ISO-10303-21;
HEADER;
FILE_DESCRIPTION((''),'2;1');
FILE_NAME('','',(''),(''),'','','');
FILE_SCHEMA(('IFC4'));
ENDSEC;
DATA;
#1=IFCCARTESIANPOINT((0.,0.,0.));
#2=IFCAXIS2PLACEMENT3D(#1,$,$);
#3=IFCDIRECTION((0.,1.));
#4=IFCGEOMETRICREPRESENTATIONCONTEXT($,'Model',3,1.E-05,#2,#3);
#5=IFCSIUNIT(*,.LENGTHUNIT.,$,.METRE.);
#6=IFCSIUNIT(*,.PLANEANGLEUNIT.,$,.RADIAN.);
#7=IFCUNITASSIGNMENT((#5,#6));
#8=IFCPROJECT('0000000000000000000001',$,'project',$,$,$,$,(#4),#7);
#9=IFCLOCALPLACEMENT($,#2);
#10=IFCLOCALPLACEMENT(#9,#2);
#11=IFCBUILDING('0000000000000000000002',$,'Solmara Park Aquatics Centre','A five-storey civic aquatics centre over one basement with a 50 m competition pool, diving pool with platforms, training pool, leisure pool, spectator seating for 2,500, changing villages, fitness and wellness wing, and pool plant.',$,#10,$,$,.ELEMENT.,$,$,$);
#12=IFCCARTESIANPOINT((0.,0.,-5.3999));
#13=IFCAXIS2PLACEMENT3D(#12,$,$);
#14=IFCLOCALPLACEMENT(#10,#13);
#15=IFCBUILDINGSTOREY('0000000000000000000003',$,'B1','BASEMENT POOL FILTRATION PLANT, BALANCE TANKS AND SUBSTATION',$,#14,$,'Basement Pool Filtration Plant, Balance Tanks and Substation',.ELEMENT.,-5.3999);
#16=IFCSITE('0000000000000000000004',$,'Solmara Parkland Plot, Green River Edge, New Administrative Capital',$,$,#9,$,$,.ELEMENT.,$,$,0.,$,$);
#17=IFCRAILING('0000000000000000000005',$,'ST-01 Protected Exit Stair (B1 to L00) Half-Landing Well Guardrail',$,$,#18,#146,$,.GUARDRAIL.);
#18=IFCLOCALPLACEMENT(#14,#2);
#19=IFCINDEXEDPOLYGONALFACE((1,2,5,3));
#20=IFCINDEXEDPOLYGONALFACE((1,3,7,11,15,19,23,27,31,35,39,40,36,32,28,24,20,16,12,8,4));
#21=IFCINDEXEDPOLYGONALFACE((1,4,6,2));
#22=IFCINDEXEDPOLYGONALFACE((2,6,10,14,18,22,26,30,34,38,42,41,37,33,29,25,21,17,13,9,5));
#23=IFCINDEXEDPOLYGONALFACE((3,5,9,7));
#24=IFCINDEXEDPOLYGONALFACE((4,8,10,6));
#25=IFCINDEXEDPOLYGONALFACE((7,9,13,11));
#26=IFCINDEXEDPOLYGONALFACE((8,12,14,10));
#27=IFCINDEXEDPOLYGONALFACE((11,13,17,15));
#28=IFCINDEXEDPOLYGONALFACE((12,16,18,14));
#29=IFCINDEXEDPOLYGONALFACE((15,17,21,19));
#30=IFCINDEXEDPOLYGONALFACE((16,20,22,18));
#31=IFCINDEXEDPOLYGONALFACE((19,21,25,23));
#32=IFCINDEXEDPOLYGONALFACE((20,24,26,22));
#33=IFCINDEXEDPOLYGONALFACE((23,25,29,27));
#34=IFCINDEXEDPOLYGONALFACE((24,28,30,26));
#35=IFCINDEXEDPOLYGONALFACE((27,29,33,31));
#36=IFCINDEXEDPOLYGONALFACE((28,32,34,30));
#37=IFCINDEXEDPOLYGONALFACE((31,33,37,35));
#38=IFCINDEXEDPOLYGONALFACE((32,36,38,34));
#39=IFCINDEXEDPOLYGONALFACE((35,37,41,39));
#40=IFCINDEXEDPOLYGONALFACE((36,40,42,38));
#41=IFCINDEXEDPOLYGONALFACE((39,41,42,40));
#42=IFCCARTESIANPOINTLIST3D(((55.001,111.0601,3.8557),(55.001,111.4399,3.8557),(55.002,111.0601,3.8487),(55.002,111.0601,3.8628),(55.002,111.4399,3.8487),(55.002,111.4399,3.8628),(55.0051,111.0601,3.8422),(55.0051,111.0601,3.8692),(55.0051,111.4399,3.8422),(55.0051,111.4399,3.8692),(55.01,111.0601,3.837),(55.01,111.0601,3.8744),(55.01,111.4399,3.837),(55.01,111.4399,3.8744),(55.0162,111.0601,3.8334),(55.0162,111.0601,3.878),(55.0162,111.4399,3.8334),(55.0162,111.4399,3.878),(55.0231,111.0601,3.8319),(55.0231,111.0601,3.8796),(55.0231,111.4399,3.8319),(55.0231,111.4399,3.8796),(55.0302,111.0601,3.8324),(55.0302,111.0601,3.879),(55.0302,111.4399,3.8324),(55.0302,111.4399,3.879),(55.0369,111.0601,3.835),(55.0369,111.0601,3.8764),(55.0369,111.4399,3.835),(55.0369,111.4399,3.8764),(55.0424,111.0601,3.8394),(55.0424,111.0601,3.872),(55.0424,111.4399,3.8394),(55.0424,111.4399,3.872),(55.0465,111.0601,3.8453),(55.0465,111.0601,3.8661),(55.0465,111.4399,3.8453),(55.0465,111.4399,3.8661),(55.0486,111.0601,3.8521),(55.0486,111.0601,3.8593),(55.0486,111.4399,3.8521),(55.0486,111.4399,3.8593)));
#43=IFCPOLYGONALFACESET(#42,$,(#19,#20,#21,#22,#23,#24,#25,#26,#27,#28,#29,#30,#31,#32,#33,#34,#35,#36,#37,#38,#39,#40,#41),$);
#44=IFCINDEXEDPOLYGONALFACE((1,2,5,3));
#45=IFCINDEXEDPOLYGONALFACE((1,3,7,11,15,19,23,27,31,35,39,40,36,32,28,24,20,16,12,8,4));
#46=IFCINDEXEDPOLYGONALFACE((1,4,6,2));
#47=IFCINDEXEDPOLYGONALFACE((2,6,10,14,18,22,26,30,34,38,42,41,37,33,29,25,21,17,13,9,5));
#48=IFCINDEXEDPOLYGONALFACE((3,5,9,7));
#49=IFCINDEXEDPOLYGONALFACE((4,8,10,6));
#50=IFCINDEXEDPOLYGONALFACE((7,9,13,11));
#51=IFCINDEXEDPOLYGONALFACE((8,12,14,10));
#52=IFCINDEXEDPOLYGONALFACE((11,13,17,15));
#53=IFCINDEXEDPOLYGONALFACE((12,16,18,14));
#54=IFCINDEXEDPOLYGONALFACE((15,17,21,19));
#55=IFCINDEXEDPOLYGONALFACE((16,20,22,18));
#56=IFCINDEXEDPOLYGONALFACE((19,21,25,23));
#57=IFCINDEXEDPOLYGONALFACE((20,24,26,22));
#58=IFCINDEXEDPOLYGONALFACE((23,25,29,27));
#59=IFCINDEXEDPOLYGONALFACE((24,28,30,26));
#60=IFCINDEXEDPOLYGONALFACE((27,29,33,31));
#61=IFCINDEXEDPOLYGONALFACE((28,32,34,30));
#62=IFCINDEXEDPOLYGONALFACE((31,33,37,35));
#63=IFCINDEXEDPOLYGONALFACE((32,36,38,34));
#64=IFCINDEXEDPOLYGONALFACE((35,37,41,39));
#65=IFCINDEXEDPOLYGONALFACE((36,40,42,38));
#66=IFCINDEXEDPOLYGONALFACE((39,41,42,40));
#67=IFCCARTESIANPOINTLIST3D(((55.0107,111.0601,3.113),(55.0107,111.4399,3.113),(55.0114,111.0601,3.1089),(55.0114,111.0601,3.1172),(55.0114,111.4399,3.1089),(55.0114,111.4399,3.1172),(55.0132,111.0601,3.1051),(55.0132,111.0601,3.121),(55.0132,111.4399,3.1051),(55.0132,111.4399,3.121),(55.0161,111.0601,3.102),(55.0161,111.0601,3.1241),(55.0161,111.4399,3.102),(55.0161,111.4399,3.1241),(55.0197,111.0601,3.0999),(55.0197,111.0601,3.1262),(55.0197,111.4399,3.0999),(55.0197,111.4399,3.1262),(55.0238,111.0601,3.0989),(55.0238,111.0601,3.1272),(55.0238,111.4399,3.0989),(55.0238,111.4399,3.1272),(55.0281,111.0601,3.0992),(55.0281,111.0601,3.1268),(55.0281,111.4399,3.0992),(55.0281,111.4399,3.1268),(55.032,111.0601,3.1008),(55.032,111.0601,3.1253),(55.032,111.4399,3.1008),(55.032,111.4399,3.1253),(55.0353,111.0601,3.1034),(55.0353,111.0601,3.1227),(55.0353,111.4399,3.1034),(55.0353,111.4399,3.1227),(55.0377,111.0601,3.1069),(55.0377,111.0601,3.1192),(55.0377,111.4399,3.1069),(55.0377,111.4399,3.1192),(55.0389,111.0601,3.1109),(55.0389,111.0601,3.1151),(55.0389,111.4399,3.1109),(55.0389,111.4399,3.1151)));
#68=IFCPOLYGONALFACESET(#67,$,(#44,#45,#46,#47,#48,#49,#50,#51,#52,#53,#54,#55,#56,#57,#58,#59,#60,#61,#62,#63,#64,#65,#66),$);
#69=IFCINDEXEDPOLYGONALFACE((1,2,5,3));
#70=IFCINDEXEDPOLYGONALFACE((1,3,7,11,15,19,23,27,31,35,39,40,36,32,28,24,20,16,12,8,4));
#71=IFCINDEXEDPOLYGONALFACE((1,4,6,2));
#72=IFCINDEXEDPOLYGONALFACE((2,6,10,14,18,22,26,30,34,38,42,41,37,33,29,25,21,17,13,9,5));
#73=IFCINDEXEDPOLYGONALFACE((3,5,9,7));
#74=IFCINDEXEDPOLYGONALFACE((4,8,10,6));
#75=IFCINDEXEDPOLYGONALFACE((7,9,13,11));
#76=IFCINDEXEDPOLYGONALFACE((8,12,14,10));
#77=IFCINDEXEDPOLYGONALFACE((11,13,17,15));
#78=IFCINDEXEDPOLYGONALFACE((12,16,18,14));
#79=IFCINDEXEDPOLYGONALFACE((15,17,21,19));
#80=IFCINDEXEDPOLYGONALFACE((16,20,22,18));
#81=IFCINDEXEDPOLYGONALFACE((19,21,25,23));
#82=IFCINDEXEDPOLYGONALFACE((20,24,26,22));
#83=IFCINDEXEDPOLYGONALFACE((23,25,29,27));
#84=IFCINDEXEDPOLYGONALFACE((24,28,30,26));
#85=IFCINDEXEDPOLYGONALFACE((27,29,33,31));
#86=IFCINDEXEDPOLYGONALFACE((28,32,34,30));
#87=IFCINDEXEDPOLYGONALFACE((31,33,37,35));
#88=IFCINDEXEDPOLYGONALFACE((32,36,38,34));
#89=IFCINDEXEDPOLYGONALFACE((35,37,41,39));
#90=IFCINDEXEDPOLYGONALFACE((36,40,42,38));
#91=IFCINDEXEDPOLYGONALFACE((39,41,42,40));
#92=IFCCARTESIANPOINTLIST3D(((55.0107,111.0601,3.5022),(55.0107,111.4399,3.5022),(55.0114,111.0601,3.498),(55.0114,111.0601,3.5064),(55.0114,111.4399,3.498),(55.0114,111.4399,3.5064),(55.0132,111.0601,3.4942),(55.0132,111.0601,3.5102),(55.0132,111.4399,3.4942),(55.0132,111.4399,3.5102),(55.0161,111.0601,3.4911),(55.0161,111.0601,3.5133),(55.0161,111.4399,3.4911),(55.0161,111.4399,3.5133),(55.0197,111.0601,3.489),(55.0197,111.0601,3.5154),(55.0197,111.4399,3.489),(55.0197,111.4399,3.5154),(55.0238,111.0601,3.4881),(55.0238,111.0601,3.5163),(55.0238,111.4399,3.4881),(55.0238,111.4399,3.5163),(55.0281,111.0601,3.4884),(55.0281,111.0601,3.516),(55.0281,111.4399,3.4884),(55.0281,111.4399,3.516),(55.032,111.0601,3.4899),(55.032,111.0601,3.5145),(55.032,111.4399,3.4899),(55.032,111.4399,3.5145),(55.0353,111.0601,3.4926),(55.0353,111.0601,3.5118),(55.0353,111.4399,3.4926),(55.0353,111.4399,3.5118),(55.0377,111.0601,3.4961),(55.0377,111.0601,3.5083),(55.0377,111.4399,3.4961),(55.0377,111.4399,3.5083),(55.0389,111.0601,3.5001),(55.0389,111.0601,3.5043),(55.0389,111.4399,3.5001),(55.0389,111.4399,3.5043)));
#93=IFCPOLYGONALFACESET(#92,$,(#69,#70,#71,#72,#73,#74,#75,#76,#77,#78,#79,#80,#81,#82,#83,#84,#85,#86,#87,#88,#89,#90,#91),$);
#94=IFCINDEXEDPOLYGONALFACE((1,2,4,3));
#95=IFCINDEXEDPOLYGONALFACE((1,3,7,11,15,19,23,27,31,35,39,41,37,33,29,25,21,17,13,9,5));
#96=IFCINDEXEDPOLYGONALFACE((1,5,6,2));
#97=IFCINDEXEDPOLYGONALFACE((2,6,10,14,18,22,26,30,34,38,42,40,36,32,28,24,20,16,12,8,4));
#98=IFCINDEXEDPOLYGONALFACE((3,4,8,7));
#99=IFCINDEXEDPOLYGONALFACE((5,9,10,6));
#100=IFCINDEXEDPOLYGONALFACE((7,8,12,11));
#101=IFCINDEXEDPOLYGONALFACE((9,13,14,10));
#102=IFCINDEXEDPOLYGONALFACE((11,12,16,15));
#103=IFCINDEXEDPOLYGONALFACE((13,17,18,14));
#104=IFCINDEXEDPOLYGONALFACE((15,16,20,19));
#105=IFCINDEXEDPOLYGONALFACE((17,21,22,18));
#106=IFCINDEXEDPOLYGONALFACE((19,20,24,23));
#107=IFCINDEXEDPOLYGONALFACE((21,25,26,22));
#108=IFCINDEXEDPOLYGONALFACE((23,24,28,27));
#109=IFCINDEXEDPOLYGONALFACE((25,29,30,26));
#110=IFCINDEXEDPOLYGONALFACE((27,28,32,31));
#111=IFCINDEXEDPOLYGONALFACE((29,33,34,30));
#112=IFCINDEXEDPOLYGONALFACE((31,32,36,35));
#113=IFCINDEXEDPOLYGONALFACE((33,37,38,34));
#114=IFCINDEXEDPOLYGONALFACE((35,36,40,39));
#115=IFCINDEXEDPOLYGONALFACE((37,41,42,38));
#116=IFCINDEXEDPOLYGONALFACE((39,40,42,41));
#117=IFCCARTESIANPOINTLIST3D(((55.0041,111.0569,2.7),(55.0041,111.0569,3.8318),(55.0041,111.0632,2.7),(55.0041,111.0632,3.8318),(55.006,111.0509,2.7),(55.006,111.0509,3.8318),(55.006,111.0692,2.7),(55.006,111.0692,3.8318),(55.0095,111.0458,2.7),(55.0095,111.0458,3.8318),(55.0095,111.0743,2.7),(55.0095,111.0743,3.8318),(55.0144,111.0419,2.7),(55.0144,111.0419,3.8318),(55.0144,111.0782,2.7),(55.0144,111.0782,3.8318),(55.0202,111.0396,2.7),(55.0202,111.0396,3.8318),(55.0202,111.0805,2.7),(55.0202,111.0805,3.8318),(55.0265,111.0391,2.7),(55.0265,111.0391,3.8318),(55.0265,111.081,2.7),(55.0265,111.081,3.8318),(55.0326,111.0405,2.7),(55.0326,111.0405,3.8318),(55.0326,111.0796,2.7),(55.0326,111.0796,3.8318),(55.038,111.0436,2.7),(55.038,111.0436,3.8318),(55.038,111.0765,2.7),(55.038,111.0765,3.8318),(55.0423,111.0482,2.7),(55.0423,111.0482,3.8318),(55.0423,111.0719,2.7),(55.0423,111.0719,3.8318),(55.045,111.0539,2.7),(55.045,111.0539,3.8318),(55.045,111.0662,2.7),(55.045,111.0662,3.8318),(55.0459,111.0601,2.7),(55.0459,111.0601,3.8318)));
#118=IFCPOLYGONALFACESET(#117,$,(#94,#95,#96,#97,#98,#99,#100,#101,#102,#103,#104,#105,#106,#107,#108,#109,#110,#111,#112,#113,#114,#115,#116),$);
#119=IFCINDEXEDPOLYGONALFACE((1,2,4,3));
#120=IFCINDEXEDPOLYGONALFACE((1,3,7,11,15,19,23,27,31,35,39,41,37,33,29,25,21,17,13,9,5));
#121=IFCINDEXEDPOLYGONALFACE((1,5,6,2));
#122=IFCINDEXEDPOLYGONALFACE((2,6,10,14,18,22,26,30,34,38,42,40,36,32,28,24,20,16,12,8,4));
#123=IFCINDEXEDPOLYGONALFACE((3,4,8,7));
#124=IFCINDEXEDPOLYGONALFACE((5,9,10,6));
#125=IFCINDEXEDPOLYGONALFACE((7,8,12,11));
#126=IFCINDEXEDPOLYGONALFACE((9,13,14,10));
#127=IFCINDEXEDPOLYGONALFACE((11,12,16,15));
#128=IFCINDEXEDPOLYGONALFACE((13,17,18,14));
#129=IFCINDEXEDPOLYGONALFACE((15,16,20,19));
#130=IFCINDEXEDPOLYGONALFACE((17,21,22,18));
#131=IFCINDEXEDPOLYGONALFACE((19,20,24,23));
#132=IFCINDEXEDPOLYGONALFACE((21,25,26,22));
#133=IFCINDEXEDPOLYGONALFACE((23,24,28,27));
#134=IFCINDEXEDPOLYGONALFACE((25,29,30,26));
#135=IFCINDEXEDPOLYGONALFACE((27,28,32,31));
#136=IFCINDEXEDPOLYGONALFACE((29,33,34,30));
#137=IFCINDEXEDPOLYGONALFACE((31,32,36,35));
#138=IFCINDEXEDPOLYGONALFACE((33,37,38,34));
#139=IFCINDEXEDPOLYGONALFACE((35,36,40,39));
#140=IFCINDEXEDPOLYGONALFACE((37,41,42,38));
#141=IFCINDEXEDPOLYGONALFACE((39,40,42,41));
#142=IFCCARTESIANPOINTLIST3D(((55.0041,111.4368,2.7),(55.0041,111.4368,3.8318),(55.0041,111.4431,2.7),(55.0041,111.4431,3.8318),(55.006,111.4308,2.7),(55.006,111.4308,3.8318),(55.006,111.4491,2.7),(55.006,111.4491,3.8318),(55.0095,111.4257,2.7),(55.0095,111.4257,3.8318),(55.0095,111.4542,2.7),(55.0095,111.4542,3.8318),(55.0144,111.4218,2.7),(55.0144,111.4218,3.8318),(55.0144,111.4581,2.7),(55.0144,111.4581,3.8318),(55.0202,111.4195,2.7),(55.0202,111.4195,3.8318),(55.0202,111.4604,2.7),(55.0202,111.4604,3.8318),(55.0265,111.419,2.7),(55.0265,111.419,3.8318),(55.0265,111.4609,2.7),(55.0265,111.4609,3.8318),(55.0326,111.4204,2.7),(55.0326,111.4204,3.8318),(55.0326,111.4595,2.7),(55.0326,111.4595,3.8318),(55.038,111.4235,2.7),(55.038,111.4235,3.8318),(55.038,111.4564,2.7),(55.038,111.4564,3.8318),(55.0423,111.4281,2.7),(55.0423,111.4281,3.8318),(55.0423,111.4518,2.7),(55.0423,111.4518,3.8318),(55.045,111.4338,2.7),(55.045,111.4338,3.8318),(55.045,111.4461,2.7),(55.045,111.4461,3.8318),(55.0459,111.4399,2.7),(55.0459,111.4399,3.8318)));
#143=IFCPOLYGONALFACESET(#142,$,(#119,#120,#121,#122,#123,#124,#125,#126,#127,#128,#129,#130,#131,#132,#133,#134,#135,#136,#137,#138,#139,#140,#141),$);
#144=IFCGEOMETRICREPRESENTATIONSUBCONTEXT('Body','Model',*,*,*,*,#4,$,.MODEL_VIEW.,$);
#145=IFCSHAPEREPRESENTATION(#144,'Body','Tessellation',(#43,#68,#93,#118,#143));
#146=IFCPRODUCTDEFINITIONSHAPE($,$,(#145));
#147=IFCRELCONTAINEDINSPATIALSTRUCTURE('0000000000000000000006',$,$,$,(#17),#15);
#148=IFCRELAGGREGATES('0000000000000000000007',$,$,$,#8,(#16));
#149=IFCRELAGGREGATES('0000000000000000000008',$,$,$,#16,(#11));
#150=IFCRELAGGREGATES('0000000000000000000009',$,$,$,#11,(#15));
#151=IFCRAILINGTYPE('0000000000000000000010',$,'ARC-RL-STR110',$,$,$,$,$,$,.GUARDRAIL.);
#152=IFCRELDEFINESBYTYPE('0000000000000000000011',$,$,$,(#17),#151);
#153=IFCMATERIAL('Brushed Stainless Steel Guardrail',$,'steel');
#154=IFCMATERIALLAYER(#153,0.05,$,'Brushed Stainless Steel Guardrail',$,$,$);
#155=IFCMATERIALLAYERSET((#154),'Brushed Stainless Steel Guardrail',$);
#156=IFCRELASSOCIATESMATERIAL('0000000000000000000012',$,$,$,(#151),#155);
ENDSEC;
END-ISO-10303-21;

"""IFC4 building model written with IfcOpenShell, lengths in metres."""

from ifc_helpers import new_model, si_unit, direction, frame, origin, origin_2d, place, context, subcontext, project, spatial, circle, extrude, material, layer, layer_set, type_object, element, save


model = new_model("IFC4")

# Units and contexts
model_context = context("Model", 3, precision=1e-05, world=origin(), true_north=direction((0.0, 1.0)))
body_context = subcontext(model_context, "Body", "Model", "MODEL_VIEW")
ifc_project = project(units=[si_unit("LENGTHUNIT", "METRE"), si_unit("PLANEANGLEUNIT", "RADIAN")], contexts=[model_context])

# Site, building, storey
site_placement = place(None, origin())
site = spatial("IfcSite", under=ifc_project, at=site_placement, Name="Solmara Parkland Plot, Green River Edge, New Administrative Capital", CompositionType="ELEMENT", RefElevation=0.0)
building_placement = place(site_placement, origin())
building = spatial("IfcBuilding", under=site, at=building_placement, Name="Solmara Park Aquatics Centre", Description="A five-storey civic aquatics centre over one basement with a 50 m competition pool, diving pool with platforms, training pool, leisure pool, spectator seating for 2,500, changing villages, fitness and wellness wing, and pool plant.", CompositionType="ELEMENT")
storey_placement = place(building_placement, frame((0.0, 0.0, -5.3999)))
storey = spatial("IfcBuildingStorey", under=building, at=storey_placement, Name="B1", Description="BASEMENT POOL FILTRATION PLANT, BALANCE TANKS AND SUBSTATION", LongName="Basement Pool Filtration Plant, Balance Tanks and Substation", CompositionType="ELEMENT", Elevation=-5.3999)

# Railing
ifc_material_1 = material(Name="Brushed Stainless Steel Guardrail", Category="steel")
ifc_layer_1 = layer(ifc_material_1, 0.05, Name="Brushed Stainless Steel Guardrail")
ifc_layer_set_1 = layer_set([ifc_layer_1], Name="Brushed Stainless Steel Guardrail")
railing_type_1 = type_object("IfcRailingType", Name="ARC-RL-STR110", PredefinedType="GUARDRAIL", material=ifc_layer_set_1)
railing_1_placement = place(storey_placement, frame((55.0249, 111.0601, 2.7)))
element("IfcRailing", 1, at=railing_1_placement, inside=storey, type_object=railing_type_1, Name="ST-01 Protected Exit Stair (B1 to L00) Half-Landing Well Guardrail", PredefinedType="GUARDRAIL", context=body_context, shape_type="SweptSolid", body=[
    extrude(circle(Radius=0.0239, at=origin_2d()), frame((0.0, 0.0, 1.1558), z_axis=(0.0, 1.0, 0.0), x_axis=(-1.0, 0.0, 0.0)), (0.0, 0.0, 1.0), 0.3799),
    extrude(circle(Radius=0.0142, at=origin_2d()), frame((0.0, 0.0, 0.4131), z_axis=(0.0, 1.0, 0.0), x_axis=(-1.0, 0.0, 0.0)), (0.0, 0.0, 1.0), 0.3799),
    extrude(circle(Radius=0.0142, at=origin_2d()), frame((0.0, 0.0, 0.8022), z_axis=(0.0, 1.0, 0.0), x_axis=(-1.0, 0.0, 0.0)), (0.0, 0.0, 1.0), 0.3799),
    extrude(circle(Radius=0.021, at=origin_2d()), origin(), (0.0, 0.0, 1.0), 1.1318),
    extrude(circle(Radius=0.021, at=origin_2d()), frame((0.0, 0.3799, 0.0)), (0.0, 0.0, 1.0), 1.1318),
])

save(model, "model.ifc")
